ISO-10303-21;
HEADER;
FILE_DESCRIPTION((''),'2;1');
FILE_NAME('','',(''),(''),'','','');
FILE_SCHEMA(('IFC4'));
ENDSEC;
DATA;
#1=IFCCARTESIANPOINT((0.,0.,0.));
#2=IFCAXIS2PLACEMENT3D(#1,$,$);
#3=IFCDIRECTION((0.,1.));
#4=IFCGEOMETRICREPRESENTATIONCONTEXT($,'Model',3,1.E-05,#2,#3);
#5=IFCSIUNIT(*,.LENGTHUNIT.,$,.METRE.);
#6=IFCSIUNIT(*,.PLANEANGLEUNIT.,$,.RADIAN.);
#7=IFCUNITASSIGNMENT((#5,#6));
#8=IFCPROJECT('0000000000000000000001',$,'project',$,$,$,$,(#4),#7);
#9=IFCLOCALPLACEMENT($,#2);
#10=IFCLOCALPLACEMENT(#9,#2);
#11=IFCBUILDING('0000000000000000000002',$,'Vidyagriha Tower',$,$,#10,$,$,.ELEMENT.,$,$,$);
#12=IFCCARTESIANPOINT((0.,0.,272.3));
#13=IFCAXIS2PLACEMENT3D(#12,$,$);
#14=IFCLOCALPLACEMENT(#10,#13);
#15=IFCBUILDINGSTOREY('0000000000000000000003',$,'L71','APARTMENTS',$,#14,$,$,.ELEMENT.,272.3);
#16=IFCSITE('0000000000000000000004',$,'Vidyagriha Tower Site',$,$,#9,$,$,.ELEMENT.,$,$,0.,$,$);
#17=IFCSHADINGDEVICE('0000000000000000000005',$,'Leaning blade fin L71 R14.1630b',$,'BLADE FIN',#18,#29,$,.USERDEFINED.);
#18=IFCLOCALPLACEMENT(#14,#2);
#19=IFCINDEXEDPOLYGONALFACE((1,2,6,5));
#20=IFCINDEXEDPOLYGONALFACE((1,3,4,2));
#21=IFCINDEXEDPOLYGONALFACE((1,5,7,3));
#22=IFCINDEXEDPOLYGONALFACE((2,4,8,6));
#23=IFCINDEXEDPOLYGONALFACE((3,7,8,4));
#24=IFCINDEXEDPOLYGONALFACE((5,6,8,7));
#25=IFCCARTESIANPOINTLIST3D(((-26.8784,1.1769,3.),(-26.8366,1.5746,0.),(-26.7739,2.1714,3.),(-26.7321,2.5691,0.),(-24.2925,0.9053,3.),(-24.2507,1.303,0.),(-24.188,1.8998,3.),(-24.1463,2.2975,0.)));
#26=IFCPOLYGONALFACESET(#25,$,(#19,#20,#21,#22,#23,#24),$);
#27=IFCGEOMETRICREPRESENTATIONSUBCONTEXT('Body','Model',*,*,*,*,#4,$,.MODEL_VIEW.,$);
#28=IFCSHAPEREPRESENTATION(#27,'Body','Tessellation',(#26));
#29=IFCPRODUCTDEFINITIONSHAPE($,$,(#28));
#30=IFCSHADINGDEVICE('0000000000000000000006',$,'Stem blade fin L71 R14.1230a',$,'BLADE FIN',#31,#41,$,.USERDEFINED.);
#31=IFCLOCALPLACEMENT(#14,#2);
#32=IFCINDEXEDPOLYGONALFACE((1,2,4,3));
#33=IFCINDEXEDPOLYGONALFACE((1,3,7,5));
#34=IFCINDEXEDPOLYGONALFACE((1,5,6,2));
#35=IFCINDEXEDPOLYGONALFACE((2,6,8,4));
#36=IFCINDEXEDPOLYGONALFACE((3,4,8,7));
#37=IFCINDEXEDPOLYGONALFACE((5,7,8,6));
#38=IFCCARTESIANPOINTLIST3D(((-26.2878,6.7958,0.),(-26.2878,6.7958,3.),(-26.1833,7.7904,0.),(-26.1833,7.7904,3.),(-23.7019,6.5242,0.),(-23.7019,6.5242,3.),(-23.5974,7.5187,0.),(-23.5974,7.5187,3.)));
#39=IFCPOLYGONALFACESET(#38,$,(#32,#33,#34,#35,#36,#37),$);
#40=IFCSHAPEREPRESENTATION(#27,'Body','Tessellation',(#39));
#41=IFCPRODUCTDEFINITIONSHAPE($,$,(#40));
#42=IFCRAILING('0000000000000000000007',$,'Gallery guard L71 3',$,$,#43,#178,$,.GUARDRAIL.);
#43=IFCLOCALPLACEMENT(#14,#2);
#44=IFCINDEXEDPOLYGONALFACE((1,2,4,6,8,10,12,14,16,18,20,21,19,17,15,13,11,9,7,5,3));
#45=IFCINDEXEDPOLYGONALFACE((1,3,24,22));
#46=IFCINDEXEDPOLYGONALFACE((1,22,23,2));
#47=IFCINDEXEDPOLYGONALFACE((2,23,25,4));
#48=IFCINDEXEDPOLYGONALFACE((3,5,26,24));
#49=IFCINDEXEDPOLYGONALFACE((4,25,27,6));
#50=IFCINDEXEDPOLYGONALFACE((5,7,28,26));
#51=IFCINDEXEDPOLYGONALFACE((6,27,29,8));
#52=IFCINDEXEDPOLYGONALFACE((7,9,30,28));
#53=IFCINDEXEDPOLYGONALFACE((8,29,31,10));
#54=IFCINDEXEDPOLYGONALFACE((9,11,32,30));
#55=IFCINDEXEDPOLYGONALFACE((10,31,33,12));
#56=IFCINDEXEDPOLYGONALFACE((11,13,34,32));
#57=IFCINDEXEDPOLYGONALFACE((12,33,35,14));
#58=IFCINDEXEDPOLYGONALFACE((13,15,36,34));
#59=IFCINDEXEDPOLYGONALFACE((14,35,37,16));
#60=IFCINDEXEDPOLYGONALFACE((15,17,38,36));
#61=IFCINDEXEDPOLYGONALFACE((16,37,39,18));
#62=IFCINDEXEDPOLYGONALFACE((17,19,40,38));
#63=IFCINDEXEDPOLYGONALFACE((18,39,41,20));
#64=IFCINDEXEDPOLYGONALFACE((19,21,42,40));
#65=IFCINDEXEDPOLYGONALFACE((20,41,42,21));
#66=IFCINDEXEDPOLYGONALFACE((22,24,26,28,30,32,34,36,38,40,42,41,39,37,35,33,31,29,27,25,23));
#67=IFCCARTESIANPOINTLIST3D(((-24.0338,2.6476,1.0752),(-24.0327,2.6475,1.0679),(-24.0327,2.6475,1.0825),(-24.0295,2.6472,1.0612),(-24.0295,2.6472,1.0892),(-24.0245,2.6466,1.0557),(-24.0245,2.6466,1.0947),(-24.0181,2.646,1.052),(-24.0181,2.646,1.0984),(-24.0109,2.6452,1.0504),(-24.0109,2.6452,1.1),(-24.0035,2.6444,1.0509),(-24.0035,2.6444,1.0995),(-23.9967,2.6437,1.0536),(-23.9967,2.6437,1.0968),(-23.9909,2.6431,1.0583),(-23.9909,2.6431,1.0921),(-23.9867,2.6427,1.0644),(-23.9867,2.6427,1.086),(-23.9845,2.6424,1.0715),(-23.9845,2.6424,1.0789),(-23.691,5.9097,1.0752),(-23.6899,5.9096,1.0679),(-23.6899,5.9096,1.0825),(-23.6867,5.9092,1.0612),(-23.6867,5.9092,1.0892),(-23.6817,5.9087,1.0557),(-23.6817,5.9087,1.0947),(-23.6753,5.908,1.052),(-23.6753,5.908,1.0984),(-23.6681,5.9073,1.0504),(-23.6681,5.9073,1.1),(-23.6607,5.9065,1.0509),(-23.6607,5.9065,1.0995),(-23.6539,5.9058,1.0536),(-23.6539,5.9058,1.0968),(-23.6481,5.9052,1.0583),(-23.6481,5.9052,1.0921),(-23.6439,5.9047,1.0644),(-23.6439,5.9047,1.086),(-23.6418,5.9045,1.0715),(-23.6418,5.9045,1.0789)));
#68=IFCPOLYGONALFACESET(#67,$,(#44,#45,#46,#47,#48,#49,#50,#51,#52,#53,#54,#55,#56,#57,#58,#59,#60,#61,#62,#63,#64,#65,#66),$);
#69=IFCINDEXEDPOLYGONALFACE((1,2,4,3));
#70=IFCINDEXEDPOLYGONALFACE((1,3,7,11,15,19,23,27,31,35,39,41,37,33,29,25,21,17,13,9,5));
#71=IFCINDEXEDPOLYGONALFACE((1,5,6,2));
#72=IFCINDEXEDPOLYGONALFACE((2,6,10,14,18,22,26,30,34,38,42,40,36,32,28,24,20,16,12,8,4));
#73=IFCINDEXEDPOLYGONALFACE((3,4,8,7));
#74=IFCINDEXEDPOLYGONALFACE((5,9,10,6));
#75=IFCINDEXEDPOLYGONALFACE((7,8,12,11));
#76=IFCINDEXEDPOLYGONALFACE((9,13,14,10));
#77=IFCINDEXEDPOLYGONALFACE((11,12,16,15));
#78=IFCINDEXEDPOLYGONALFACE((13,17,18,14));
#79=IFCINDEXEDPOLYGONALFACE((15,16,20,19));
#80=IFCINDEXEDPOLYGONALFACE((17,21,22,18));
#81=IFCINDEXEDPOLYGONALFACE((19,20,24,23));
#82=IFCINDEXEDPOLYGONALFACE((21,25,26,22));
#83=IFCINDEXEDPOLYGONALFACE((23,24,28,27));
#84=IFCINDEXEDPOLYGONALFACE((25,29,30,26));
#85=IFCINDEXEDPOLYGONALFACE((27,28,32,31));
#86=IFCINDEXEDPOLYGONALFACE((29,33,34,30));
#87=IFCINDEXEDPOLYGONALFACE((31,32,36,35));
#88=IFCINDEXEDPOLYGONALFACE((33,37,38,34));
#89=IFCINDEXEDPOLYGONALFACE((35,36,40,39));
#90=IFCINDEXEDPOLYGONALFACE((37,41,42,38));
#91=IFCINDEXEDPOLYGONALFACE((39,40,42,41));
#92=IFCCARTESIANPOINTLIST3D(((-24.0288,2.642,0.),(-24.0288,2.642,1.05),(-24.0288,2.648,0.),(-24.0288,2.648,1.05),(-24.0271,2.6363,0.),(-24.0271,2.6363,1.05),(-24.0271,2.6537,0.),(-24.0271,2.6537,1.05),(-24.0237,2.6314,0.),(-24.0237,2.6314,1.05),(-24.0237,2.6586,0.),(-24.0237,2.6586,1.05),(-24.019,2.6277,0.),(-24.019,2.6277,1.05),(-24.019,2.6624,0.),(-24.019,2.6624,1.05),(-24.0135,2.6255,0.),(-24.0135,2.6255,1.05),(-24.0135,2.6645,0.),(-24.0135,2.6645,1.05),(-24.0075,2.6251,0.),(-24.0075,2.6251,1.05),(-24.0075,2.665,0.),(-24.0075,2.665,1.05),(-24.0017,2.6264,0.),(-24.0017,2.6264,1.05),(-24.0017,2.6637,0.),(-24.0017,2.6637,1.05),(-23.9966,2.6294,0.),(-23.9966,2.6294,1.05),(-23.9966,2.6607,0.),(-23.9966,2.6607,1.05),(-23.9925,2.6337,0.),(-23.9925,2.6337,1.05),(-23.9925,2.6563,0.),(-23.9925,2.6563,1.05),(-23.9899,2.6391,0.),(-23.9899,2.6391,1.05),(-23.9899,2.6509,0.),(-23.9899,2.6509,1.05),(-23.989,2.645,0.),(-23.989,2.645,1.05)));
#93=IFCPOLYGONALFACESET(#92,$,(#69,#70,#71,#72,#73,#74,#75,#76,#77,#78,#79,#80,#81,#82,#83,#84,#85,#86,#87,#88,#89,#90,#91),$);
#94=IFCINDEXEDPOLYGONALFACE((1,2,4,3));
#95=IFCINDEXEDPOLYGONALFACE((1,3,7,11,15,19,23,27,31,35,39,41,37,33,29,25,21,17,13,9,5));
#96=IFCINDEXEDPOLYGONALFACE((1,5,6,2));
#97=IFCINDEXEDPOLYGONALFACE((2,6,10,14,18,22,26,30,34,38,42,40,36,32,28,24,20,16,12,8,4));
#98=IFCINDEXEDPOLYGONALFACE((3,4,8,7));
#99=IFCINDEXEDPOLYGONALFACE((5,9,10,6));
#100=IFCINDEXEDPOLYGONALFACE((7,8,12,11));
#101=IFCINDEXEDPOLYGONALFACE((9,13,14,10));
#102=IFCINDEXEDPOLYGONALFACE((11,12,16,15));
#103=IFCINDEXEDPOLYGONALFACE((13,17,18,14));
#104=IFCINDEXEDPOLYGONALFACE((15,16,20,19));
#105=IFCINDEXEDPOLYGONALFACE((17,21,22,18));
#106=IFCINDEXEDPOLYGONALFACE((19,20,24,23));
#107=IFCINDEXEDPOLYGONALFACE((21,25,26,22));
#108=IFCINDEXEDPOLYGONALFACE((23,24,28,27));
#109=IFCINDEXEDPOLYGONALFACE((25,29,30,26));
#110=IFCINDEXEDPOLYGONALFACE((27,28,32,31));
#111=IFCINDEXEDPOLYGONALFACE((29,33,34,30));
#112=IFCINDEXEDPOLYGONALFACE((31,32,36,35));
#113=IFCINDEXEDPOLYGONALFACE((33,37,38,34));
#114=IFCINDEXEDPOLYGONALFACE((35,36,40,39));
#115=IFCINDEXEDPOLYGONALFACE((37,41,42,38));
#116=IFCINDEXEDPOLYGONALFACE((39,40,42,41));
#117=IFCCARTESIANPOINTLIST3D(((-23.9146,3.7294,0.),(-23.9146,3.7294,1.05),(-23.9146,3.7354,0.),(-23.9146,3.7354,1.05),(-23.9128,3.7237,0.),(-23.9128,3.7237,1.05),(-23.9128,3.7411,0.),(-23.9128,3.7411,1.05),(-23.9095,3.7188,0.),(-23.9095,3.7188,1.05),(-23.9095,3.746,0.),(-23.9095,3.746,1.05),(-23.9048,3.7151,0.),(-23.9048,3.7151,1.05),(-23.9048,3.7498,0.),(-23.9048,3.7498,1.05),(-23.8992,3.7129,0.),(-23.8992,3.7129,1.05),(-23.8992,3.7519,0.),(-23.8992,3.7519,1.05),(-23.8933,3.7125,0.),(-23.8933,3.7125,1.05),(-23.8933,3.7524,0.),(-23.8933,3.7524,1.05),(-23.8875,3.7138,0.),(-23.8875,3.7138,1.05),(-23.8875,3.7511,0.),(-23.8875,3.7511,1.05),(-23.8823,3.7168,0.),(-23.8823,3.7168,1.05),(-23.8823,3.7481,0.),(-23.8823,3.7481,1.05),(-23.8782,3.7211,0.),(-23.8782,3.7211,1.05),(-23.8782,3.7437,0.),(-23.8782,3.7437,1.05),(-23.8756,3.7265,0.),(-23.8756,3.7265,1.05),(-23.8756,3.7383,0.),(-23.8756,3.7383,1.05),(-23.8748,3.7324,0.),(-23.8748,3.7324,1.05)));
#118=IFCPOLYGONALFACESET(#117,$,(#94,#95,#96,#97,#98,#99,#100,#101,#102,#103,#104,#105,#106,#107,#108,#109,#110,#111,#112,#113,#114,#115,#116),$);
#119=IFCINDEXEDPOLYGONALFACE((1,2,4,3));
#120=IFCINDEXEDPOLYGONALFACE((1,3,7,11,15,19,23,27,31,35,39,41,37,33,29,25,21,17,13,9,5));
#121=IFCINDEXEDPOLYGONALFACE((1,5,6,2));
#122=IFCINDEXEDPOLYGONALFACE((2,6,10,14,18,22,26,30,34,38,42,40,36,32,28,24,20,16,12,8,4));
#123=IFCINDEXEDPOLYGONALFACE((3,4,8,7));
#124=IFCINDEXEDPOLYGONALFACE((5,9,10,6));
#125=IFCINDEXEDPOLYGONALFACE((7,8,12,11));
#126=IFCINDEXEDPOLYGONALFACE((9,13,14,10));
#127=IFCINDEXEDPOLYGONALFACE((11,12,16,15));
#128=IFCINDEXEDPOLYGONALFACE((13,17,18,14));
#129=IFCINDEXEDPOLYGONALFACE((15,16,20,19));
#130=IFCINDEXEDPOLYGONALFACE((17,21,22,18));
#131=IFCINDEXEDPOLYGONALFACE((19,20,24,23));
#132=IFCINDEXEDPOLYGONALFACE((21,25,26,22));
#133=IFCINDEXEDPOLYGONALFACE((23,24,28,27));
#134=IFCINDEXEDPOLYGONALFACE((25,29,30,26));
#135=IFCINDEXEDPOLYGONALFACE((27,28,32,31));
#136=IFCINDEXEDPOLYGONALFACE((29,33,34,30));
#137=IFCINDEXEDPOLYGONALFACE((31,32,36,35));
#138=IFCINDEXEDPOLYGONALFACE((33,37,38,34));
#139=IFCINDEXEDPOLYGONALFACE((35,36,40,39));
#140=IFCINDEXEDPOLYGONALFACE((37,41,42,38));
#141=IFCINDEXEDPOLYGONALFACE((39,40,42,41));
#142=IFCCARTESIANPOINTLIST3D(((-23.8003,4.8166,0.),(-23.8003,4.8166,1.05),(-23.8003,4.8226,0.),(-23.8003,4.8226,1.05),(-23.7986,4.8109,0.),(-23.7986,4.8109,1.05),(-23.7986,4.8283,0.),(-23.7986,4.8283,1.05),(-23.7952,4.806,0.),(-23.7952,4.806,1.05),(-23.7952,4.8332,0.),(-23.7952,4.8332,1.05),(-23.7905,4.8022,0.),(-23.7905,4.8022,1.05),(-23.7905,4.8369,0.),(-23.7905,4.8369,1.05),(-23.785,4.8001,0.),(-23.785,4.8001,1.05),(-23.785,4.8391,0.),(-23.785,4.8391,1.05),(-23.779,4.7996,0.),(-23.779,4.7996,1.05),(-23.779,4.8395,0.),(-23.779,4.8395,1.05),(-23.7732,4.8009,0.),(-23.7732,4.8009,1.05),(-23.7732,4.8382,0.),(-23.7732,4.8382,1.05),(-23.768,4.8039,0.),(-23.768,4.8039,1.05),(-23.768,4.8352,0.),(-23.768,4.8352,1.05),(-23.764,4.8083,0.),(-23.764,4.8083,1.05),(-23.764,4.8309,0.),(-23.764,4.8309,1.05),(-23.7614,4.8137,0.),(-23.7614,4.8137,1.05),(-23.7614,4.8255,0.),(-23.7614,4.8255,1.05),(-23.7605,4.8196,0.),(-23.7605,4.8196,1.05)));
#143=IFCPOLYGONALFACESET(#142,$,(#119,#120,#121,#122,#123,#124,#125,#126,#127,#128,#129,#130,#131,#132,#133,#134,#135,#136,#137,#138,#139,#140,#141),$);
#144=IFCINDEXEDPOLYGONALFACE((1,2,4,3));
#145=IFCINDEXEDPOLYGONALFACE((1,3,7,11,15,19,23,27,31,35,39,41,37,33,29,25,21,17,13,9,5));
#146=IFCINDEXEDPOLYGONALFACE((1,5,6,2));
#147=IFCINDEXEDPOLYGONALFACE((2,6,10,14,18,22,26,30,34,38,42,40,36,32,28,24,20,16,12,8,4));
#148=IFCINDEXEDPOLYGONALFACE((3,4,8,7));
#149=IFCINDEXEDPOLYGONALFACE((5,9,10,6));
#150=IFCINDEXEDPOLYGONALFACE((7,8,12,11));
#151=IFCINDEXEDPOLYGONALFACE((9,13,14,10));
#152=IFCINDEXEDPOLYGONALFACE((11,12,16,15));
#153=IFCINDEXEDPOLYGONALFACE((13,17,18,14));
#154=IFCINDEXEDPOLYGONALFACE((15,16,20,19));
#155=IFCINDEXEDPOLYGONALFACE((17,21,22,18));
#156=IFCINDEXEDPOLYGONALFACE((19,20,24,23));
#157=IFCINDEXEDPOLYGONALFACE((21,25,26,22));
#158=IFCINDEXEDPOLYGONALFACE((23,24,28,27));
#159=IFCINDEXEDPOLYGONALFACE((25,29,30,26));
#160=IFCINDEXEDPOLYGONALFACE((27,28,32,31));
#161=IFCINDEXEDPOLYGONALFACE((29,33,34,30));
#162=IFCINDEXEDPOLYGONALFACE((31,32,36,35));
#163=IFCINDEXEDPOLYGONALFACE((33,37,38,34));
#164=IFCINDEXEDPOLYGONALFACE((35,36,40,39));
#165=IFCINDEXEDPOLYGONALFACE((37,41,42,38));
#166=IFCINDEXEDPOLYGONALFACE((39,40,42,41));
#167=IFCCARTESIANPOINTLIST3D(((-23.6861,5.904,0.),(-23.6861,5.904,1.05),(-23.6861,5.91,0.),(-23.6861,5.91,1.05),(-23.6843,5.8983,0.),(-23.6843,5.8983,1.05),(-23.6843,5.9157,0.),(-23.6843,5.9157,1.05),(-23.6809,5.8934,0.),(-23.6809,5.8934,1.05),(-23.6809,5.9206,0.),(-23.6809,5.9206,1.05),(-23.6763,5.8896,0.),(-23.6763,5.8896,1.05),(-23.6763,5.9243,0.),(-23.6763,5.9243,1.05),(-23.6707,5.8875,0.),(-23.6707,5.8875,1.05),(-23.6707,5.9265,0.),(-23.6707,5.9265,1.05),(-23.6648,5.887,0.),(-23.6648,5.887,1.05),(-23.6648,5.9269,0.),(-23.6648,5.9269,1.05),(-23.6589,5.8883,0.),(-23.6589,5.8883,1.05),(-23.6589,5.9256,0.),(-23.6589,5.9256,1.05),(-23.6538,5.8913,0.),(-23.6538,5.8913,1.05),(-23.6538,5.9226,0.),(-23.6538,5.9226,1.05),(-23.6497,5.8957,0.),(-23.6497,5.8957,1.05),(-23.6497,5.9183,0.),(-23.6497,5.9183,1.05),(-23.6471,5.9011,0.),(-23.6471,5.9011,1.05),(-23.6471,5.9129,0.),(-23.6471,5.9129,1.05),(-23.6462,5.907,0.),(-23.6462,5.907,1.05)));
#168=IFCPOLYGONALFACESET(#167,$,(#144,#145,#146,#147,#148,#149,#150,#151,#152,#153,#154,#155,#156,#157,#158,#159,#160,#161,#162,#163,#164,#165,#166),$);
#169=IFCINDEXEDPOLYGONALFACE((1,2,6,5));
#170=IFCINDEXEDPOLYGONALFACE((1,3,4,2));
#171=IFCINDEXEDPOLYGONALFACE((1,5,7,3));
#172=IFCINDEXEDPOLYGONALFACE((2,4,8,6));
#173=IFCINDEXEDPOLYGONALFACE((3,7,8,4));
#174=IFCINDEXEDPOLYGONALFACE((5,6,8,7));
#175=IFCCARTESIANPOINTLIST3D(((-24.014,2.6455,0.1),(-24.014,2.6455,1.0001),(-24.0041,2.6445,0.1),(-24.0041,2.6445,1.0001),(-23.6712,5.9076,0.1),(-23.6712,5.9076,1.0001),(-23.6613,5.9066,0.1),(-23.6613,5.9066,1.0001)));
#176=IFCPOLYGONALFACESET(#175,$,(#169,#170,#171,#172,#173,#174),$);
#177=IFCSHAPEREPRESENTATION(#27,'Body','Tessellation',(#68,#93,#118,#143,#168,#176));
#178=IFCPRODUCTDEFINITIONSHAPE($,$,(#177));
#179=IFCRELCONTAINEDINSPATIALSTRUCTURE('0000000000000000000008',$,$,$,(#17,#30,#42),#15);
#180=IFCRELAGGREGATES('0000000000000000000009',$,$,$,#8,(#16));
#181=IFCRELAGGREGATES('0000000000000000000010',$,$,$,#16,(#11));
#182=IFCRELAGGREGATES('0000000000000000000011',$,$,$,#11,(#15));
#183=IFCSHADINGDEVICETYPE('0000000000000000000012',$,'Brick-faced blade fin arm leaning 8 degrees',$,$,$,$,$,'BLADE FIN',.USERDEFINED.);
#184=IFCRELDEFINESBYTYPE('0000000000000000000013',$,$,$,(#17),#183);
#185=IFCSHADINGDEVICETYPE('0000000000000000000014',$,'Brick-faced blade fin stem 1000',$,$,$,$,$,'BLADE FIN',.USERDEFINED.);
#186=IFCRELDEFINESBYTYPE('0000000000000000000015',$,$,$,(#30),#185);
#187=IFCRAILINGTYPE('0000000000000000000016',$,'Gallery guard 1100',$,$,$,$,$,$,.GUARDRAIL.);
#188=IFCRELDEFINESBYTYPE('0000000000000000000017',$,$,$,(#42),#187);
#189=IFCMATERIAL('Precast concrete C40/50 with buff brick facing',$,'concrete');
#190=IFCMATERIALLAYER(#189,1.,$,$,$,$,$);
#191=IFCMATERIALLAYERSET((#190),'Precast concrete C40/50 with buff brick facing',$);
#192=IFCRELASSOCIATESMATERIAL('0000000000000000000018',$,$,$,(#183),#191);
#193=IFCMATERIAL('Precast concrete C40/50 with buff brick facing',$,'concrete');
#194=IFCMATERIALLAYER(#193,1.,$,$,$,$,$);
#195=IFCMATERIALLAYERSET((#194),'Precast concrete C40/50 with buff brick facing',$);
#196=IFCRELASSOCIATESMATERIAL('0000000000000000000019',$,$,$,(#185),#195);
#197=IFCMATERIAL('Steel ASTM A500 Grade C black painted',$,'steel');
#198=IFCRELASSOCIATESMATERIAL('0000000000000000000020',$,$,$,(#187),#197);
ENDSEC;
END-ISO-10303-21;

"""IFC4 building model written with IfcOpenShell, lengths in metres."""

from ifc_helpers import new_model, si_unit, direction, frame, origin, origin_2d, place, context, subcontext, project, spatial, polyline, rectangle, circle, outline, extrude, material, layer, layer_set, type_object, element, save


model = new_model("IFC4")

# Units and contexts
model_context = context("Model", 3, precision=1e-05, world=origin(), true_north=direction((0.0, 1.0)))
body_context = subcontext(model_context, "Body", "Model", "MODEL_VIEW")
ifc_project = project(units=[si_unit("LENGTHUNIT", "METRE"), si_unit("PLANEANGLEUNIT", "RADIAN")], contexts=[model_context])

# Site, building, storey
site_placement = place(None, origin())
site = spatial("IfcSite", under=ifc_project, at=site_placement, Name="Vidyagriha Tower Site", CompositionType="ELEMENT", RefElevation=0.0)
building_placement = place(site_placement, origin())
building = spatial("IfcBuilding", under=site, at=building_placement, Name="Vidyagriha Tower", CompositionType="ELEMENT")
storey_placement = place(building_placement, frame((0.0, 0.0, 272.3)))
storey = spatial("IfcBuildingStorey", under=building, at=storey_placement, Name="L71", Description="APARTMENTS", CompositionType="ELEMENT", Elevation=272.3)

# Shading devices
ifc_material_1 = material(Name="Precast concrete C40/50 with buff brick facing", Category="concrete")
ifc_layer_1 = layer(ifc_material_1, 1.0)
ifc_layer_set_1 = layer_set([ifc_layer_1], Name="Precast concrete C40/50 with buff brick facing")
shading_device_type_1 = type_object("IfcShadingDeviceType", Name="Brick-faced blade fin arm leaning 8 degrees", ElementType="BLADE FIN", PredefinedType="USERDEFINED", material=ifc_layer_set_1)
shading_device_1_placement = place(storey_placement, frame((-25.4392, 2.4333, 0.0), z_axis=(0.0, 0.0, 1.0), x_axis=(-0.104458, -0.994529, 0.0)))
element("IfcShadingDevice", 1, at=shading_device_1_placement, inside=storey, type_object=shading_device_type_1, Name="Leaning blade fin L71 R14.1630b", ObjectType="BLADE FIN", PredefinedType="USERDEFINED", context=body_context, shape_type="SweptSolid", body=[
    extrude(outline(polyline([(0.0, 0.0), (1.0, 0.0), (1.3999, 3.0), (0.3999, 3.0), (0.0, 0.0)])), frame((0.0, 1.3, 0.0), z_axis=(0.0, -1.0, 0.0), x_axis=(1.0, 0.0, 0.0)), (0.0, 0.0, 1.0), 2.6001),
])
ifc_material_2 = material(Name="Precast concrete C40/50 with buff brick facing", Category="concrete")
ifc_layer_2 = layer(ifc_material_2, 1.0)
ifc_layer_set_2 = layer_set([ifc_layer_2], Name="Precast concrete C40/50 with buff brick facing")
shading_device_type_2 = type_object("IfcShadingDeviceType", Name="Brick-faced blade fin stem 1000", ElementType="BLADE FIN", PredefinedType="USERDEFINED", material=ifc_layer_set_2)
shading_device_2_placement = place(storey_placement, frame((-24.8904, 7.6545, 0.0), z_axis=(0.0, 0.0, 1.0), x_axis=(-0.104481, -0.994527, 0.0)))
element("IfcShadingDevice", 2, at=shading_device_2_placement, inside=storey, type_object=shading_device_type_2, Name="Stem blade fin L71 R14.1230a", ObjectType="BLADE FIN", PredefinedType="USERDEFINED", context=body_context, shape_type="SweptSolid", body=[
    extrude(outline(polyline([(0.0, 0.0), (1.0, 0.0), (1.0, 3.0), (0.0, 3.0), (0.0, 0.0)])), frame((0.0, 1.3, 0.0), z_axis=(0.0, -1.0, 0.0), x_axis=(1.0, 0.0, 0.0)), (0.0, 0.0, 1.0), 2.6001),
])

# Railing
ifc_material_3 = material(Name="Steel ASTM A500 Grade C black painted", Category="steel")
railing_type_1 = type_object("IfcRailingType", Name="Gallery guard 1100", PredefinedType="GUARDRAIL", material=ifc_material_3)
railing_1_placement = place(storey_placement, frame((-24.009, 2.645, 0.0)))
element("IfcRailing", 3, at=railing_1_placement, inside=storey, type_object=railing_type_1, Name="Gallery guard L71 3", PredefinedType="GUARDRAIL", context=body_context, shape_type="SweptSolid", body=[
    extrude(circle(Radius=0.0249, at=origin_2d()), frame((0.0, 0.0, 1.0752), z_axis=(0.104507, 0.994524, 0.0), x_axis=(-0.994524, 0.104507, 0.0)), (0.0, 0.0, 1.0), 3.28),
    extrude(circle(Radius=0.02, at=origin_2d()), origin(), (0.0, 0.0, 1.0), 1.05),
    extrude(circle(Radius=0.02, at=origin_2d()), frame((0.1143, 1.0874, 0.0)), (0.0, 0.0, 1.0), 1.05),
    extrude(circle(Radius=0.02, at=origin_2d()), frame((0.2285, 2.1746, 0.0)), (0.0, 0.0, 1.0), 1.05),
    extrude(circle(Radius=0.02, at=origin_2d()), frame((0.3428, 3.262, 0.0)), (0.0, 0.0, 1.0), 1.05),
    extrude(rectangle(XDim=0.01, YDim=0.9001, at=origin_2d()), frame((0.0, 0.0, 0.55), z_axis=(0.104507, 0.994524, 0.0), x_axis=(-0.994524, 0.104507, 0.0)), (0.0, 0.0, 1.0), 3.28),
])

save(model, "model.ifc")
